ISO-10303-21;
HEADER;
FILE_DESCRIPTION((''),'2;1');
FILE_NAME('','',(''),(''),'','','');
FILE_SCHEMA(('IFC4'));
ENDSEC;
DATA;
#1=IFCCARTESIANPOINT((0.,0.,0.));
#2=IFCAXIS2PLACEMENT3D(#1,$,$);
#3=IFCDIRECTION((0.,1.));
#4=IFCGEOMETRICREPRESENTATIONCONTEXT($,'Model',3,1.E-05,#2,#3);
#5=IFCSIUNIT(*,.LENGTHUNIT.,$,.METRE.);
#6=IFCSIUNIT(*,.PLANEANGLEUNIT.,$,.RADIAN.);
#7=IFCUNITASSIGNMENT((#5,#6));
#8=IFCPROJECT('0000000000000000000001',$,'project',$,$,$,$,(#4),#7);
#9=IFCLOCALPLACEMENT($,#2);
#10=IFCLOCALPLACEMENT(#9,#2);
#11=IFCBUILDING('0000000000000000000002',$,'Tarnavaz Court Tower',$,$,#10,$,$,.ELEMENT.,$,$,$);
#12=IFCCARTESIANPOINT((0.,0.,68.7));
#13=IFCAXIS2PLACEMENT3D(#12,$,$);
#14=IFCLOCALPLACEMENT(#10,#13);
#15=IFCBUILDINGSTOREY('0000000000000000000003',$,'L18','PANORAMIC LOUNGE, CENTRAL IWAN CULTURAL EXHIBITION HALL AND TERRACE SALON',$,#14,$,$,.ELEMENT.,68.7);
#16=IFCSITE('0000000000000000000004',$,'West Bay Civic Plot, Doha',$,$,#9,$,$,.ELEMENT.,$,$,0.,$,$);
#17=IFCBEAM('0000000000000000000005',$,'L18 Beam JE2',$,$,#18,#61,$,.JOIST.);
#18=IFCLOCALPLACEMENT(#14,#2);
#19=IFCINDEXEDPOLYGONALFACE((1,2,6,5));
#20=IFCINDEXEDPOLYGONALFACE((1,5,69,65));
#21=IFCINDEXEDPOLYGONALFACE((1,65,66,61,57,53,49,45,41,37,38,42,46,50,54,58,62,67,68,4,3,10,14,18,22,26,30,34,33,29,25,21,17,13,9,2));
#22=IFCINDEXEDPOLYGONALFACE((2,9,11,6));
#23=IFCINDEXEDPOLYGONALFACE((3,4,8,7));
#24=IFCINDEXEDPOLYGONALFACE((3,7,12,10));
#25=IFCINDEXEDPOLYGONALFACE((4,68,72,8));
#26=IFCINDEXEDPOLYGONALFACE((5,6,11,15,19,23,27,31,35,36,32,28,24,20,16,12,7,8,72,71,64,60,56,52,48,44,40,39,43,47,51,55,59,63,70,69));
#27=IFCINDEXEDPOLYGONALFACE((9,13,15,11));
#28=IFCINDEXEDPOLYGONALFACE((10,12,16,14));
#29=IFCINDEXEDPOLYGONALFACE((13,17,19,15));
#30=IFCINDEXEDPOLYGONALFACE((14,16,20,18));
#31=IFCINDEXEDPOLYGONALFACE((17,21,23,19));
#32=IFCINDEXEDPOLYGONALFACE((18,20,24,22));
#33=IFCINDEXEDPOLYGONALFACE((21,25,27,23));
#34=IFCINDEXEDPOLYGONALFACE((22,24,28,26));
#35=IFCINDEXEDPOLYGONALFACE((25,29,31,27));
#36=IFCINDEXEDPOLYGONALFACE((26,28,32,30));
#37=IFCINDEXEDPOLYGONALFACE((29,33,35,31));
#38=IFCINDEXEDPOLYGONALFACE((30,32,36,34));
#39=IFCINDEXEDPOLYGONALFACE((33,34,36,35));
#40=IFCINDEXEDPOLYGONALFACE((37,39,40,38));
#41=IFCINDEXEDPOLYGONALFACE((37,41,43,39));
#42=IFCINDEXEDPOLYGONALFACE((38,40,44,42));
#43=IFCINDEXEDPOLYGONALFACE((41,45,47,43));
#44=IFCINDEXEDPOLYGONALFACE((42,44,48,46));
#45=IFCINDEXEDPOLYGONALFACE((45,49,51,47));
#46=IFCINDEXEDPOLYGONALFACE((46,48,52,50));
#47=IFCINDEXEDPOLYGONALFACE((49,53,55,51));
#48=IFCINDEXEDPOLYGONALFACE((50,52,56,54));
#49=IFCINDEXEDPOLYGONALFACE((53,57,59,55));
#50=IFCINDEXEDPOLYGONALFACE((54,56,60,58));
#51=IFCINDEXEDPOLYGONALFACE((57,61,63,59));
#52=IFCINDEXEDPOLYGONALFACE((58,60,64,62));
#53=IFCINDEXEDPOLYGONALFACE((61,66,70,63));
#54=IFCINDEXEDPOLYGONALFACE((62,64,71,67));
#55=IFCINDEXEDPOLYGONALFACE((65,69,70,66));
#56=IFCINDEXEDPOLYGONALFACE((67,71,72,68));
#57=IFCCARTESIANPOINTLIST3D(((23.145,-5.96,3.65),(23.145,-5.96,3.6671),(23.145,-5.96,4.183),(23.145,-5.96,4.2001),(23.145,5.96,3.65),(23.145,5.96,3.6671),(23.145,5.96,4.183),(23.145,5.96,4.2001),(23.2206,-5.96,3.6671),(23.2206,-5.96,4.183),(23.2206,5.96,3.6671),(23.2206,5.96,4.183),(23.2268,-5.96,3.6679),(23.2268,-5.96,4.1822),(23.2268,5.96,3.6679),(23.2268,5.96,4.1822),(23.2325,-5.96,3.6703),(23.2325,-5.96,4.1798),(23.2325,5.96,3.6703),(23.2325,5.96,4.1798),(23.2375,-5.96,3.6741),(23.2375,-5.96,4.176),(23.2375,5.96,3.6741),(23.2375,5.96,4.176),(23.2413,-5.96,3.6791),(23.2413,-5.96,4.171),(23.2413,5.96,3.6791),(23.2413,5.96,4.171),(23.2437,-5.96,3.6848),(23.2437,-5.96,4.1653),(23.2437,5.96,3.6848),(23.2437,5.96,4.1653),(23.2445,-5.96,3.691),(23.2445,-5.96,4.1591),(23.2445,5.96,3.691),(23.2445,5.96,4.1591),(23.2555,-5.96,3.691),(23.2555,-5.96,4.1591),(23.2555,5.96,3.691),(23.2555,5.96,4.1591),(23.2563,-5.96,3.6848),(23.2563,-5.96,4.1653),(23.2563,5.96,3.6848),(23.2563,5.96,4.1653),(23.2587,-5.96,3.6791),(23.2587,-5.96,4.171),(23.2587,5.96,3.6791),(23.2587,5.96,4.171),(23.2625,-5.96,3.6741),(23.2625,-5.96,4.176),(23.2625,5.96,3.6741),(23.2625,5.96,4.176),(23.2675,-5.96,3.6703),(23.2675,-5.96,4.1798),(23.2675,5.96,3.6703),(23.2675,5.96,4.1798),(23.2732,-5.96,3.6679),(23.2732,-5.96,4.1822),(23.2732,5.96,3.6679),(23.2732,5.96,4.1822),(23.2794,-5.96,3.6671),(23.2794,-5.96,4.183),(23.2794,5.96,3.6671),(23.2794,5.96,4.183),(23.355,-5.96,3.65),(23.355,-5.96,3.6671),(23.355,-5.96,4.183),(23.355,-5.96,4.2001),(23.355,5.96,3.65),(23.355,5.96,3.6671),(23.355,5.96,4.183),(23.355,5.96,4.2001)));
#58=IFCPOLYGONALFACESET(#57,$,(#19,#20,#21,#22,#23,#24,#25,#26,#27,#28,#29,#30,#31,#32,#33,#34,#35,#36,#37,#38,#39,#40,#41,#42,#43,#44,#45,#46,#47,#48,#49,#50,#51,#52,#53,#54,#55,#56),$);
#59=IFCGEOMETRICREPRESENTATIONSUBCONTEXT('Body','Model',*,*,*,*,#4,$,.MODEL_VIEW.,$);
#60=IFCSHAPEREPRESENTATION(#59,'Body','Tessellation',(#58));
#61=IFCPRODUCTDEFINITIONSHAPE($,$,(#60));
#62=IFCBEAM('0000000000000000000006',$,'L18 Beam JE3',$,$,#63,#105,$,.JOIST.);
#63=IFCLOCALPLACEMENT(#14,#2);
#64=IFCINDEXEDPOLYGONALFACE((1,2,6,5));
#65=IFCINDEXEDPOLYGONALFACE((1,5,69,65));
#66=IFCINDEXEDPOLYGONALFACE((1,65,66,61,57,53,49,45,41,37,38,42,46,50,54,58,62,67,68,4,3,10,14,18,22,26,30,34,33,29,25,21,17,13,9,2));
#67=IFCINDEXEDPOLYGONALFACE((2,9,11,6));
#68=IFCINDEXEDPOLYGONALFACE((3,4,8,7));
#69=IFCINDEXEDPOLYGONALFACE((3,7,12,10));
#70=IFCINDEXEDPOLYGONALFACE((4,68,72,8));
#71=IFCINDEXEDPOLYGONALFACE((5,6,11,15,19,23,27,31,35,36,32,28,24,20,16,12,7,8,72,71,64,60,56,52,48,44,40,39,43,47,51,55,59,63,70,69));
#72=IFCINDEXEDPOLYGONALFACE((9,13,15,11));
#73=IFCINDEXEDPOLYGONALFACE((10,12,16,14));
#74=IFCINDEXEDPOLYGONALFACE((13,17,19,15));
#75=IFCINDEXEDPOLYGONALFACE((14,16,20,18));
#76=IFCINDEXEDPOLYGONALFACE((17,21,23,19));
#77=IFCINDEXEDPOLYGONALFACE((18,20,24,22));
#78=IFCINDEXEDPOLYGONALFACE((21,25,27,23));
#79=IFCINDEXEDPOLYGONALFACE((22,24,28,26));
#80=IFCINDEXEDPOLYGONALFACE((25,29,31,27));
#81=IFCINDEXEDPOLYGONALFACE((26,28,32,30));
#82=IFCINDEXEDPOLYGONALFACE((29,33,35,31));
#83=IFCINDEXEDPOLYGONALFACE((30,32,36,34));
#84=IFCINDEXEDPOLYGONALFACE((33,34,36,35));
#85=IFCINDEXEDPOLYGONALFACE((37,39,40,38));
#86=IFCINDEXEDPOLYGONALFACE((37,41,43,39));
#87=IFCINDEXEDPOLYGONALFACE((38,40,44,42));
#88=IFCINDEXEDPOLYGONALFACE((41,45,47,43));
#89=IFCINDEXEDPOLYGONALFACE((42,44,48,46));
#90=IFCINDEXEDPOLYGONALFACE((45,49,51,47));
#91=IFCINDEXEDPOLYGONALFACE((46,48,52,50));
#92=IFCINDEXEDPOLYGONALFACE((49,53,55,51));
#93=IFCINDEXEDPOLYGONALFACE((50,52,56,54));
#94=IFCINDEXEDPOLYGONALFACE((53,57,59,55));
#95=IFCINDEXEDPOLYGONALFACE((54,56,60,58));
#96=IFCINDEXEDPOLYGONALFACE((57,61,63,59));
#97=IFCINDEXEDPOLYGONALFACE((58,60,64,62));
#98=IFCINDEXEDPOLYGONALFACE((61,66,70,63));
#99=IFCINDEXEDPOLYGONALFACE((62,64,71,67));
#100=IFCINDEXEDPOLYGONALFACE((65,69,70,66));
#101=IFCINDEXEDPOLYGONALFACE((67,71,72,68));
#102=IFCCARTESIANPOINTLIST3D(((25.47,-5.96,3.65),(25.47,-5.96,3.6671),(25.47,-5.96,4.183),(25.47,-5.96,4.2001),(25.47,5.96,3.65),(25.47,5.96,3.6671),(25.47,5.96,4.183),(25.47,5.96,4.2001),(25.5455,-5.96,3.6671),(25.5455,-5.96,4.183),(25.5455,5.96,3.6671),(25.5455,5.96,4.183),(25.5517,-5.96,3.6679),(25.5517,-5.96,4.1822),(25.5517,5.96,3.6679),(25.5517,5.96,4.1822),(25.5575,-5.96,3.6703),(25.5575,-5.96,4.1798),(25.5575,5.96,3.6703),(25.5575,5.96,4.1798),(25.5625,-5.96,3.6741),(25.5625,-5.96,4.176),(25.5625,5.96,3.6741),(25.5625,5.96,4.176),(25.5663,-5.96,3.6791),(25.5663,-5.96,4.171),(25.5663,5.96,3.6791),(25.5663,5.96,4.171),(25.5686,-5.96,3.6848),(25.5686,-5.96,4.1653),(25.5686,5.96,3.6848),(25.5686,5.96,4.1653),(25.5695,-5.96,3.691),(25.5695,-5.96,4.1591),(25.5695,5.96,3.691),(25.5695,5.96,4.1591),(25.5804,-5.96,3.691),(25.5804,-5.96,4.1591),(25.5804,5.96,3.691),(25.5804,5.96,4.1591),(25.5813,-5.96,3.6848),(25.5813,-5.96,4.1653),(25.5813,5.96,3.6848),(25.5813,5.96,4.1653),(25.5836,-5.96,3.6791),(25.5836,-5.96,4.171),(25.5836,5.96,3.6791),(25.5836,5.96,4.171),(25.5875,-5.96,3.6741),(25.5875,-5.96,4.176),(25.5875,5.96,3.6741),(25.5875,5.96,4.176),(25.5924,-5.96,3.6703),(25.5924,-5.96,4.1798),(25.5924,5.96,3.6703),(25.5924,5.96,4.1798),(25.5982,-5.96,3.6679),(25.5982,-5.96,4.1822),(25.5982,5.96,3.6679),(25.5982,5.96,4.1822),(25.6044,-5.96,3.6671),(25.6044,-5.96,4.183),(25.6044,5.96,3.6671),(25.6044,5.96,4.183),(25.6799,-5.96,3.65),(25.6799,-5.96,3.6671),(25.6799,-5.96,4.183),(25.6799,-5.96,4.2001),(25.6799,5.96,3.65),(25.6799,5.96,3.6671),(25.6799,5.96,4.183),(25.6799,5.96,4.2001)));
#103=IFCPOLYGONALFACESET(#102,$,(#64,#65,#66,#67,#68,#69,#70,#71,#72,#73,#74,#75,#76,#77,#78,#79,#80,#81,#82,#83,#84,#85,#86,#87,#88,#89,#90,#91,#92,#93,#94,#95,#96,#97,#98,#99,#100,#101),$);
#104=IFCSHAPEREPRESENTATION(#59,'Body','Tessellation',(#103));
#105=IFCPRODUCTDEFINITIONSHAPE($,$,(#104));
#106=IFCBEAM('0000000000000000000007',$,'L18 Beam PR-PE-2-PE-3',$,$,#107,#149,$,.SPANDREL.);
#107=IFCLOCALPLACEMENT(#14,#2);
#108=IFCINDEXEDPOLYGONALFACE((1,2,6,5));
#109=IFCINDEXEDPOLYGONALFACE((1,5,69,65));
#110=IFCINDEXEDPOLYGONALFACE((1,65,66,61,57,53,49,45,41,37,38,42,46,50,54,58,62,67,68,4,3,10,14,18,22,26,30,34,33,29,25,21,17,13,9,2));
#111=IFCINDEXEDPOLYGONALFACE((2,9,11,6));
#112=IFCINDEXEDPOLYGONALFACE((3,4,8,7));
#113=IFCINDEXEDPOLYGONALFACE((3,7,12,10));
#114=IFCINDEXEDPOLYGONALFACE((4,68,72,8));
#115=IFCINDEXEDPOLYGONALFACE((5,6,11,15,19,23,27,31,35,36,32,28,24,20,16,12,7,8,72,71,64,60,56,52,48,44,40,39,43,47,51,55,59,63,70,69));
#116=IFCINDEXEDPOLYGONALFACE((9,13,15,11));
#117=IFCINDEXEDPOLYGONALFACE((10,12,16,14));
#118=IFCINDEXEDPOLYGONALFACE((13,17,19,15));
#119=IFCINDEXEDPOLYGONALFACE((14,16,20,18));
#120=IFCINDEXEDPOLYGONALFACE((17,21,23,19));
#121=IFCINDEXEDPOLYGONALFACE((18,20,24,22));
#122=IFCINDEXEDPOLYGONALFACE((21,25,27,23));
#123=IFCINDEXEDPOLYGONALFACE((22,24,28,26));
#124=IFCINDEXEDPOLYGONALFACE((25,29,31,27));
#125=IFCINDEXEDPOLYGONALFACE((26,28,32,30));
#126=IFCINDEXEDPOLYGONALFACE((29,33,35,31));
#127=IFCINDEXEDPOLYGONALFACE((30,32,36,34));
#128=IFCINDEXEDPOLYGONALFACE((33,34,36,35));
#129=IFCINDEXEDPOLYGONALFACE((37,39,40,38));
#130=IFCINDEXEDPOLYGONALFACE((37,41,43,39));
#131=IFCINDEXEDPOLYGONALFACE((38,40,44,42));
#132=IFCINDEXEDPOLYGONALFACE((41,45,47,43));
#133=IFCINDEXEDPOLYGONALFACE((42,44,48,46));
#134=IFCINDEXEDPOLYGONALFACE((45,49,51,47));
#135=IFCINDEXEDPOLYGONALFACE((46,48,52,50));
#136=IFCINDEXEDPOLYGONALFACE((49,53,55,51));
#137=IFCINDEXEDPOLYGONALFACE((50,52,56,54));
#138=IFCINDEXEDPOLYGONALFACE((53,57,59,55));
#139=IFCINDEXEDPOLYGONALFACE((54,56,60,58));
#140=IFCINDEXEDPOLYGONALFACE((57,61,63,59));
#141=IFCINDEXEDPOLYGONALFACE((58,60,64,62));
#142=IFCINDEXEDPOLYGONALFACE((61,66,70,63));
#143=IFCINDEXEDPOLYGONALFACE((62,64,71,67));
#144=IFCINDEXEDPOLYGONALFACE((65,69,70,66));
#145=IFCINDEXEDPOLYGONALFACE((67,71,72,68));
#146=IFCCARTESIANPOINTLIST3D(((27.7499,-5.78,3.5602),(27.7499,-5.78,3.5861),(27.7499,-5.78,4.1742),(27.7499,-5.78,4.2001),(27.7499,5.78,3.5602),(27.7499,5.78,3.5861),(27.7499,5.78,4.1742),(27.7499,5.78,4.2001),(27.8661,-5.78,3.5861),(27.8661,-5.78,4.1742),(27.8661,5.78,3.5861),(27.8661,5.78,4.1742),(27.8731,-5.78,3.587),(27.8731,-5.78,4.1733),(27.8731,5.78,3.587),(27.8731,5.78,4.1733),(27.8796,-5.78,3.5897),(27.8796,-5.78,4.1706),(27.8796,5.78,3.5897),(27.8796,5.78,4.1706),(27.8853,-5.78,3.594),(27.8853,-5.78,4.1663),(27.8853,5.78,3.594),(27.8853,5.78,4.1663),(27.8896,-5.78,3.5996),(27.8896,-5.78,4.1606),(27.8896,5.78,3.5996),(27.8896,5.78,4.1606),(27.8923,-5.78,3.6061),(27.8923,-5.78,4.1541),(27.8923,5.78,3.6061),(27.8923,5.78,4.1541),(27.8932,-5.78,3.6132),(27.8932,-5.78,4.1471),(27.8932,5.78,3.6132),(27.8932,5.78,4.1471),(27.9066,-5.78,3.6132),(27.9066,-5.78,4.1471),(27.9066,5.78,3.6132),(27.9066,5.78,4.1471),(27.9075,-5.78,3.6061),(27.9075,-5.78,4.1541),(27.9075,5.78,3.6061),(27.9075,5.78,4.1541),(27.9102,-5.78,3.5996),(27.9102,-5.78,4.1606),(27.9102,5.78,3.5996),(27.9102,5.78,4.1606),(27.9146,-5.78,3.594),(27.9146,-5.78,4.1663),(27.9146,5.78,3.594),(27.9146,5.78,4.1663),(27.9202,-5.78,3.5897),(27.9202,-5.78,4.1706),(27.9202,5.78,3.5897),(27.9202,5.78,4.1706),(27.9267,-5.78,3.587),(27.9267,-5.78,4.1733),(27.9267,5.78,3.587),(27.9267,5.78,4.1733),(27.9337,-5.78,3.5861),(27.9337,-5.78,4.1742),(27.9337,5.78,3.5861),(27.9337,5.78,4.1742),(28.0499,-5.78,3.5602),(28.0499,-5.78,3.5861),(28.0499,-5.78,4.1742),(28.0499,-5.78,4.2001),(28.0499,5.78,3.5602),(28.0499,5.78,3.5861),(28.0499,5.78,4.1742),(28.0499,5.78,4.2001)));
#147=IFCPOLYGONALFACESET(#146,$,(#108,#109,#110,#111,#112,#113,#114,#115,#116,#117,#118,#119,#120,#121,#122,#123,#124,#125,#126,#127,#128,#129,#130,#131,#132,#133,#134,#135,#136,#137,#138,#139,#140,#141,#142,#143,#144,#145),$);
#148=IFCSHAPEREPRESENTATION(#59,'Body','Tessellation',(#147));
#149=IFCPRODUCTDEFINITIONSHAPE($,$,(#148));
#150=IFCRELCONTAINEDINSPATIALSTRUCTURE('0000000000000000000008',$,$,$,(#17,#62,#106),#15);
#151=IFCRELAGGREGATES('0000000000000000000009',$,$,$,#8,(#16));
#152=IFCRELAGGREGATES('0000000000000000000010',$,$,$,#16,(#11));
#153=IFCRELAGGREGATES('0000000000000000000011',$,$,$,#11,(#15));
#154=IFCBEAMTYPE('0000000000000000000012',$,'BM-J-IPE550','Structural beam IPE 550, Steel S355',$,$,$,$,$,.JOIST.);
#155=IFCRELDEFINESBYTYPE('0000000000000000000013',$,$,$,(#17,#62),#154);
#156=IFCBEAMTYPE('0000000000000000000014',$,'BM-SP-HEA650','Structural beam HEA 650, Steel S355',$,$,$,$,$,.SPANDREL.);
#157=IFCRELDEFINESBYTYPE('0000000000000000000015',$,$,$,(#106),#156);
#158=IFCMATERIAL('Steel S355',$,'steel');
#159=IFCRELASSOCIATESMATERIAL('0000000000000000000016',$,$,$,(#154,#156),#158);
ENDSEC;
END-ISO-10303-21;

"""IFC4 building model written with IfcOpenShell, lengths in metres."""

from ifc_helpers import new_model, si_unit, direction, frame, origin, origin_2d, place, context, subcontext, project, spatial, i_section, extrude, material, material_profile, profile_set, type_object, element, save


model = new_model("IFC4")

# Units and contexts
model_context = context("Model", 3, precision=1e-05, world=origin(), true_north=direction((0.0, 1.0)))
body_context = subcontext(model_context, "Body", "Model", "MODEL_VIEW")
ifc_project = project(units=[si_unit("LENGTHUNIT", "METRE"), si_unit("PLANEANGLEUNIT", "RADIAN")], contexts=[model_context])

# Site, building, storey
site_placement = place(None, origin())
site = spatial("IfcSite", under=ifc_project, at=site_placement, Name="West Bay Civic Plot, Doha", CompositionType="ELEMENT", RefElevation=0.0)
building_placement = place(site_placement, origin())
building = spatial("IfcBuilding", under=site, at=building_placement, Name="Tarnavaz Court Tower", CompositionType="ELEMENT")
storey_placement = place(building_placement, frame((0.0, 0.0, 68.7)))
storey = spatial("IfcBuildingStorey", under=building, at=storey_placement, Name="L18", Description="PANORAMIC LOUNGE, CENTRAL IWAN CULTURAL EXHIBITION HALL AND TERRACE SALON", CompositionType="ELEMENT", Elevation=68.7)

# Beams
ifc_material_1 = material(Name="Steel S355", Category="steel")
ifc_material_profile_1 = material_profile(ifc_material_1, i_section(OverallWidth=0.21, OverallDepth=0.55, WebThickness=0.011, FlangeThickness=0.0171, FilletRadius=0.0239, at=origin_2d()), Name="IPE 550")
ifc_profile_set_1 = profile_set([ifc_material_profile_1], Name="Steel S355")
beam_type_1 = type_object("IfcBeamType", Name="BM-J-IPE550", Description="Structural beam IPE 550, Steel S355", PredefinedType="JOIST", material=ifc_profile_set_1)
for number, where, z_axis, x_axis, name in (
    (1, (23.25, -5.96, 3.925), (0.0, 1.0, 0.0), (-1.0, 0.0, 0.0), "L18 Beam JE2"),
    (2, (25.575, -5.96, 3.925), (0.0, 1.0, 0.0), (-1.0, 0.0, 0.0), "L18 Beam JE3"),
):
    element("IfcBeam", number, at=place(storey_placement, frame(where, z_axis=z_axis, x_axis=x_axis)), inside=storey, type_object=beam_type_1, Name=name, PredefinedType="JOIST", context=body_context, shape_type="SweptSolid", body=[
        extrude(i_section(OverallWidth=0.21, OverallDepth=0.55, WebThickness=0.011, FlangeThickness=0.0171, FilletRadius=0.0239, at=origin_2d()), origin(), (0.0, 0.0, 1.0), 11.9199),
    ])
ifc_material_profile_2 = material_profile(ifc_material_1, i_section(OverallWidth=0.3, OverallDepth=0.6399, WebThickness=0.0134, FlangeThickness=0.0259, FilletRadius=0.0271, at=origin_2d()), Name="HEA 650")
ifc_profile_set_2 = profile_set([ifc_material_profile_2], Name="Steel S355")
beam_type_2 = type_object("IfcBeamType", Name="BM-SP-HEA650", Description="Structural beam HEA 650, Steel S355", PredefinedType="SPANDREL", material=ifc_profile_set_2)
beam_1_placement = place(storey_placement, frame((27.8999, -5.78, 3.8801), z_axis=(0.0, 1.0, 0.0), x_axis=(-1.0, 0.0, 0.0)))
element("IfcBeam", 3, at=beam_1_placement, inside=storey, type_object=beam_type_2, Name="L18 Beam PR-PE-2-PE-3", PredefinedType="SPANDREL", context=body_context, shape_type="SweptSolid", body=[
    extrude(i_section(OverallWidth=0.3, OverallDepth=0.6399, WebThickness=0.0134, FlangeThickness=0.0259, FilletRadius=0.0271, at=origin_2d()), origin(), (0.0, 0.0, 1.0), 11.5601),
])

save(model, "model.ifc")
